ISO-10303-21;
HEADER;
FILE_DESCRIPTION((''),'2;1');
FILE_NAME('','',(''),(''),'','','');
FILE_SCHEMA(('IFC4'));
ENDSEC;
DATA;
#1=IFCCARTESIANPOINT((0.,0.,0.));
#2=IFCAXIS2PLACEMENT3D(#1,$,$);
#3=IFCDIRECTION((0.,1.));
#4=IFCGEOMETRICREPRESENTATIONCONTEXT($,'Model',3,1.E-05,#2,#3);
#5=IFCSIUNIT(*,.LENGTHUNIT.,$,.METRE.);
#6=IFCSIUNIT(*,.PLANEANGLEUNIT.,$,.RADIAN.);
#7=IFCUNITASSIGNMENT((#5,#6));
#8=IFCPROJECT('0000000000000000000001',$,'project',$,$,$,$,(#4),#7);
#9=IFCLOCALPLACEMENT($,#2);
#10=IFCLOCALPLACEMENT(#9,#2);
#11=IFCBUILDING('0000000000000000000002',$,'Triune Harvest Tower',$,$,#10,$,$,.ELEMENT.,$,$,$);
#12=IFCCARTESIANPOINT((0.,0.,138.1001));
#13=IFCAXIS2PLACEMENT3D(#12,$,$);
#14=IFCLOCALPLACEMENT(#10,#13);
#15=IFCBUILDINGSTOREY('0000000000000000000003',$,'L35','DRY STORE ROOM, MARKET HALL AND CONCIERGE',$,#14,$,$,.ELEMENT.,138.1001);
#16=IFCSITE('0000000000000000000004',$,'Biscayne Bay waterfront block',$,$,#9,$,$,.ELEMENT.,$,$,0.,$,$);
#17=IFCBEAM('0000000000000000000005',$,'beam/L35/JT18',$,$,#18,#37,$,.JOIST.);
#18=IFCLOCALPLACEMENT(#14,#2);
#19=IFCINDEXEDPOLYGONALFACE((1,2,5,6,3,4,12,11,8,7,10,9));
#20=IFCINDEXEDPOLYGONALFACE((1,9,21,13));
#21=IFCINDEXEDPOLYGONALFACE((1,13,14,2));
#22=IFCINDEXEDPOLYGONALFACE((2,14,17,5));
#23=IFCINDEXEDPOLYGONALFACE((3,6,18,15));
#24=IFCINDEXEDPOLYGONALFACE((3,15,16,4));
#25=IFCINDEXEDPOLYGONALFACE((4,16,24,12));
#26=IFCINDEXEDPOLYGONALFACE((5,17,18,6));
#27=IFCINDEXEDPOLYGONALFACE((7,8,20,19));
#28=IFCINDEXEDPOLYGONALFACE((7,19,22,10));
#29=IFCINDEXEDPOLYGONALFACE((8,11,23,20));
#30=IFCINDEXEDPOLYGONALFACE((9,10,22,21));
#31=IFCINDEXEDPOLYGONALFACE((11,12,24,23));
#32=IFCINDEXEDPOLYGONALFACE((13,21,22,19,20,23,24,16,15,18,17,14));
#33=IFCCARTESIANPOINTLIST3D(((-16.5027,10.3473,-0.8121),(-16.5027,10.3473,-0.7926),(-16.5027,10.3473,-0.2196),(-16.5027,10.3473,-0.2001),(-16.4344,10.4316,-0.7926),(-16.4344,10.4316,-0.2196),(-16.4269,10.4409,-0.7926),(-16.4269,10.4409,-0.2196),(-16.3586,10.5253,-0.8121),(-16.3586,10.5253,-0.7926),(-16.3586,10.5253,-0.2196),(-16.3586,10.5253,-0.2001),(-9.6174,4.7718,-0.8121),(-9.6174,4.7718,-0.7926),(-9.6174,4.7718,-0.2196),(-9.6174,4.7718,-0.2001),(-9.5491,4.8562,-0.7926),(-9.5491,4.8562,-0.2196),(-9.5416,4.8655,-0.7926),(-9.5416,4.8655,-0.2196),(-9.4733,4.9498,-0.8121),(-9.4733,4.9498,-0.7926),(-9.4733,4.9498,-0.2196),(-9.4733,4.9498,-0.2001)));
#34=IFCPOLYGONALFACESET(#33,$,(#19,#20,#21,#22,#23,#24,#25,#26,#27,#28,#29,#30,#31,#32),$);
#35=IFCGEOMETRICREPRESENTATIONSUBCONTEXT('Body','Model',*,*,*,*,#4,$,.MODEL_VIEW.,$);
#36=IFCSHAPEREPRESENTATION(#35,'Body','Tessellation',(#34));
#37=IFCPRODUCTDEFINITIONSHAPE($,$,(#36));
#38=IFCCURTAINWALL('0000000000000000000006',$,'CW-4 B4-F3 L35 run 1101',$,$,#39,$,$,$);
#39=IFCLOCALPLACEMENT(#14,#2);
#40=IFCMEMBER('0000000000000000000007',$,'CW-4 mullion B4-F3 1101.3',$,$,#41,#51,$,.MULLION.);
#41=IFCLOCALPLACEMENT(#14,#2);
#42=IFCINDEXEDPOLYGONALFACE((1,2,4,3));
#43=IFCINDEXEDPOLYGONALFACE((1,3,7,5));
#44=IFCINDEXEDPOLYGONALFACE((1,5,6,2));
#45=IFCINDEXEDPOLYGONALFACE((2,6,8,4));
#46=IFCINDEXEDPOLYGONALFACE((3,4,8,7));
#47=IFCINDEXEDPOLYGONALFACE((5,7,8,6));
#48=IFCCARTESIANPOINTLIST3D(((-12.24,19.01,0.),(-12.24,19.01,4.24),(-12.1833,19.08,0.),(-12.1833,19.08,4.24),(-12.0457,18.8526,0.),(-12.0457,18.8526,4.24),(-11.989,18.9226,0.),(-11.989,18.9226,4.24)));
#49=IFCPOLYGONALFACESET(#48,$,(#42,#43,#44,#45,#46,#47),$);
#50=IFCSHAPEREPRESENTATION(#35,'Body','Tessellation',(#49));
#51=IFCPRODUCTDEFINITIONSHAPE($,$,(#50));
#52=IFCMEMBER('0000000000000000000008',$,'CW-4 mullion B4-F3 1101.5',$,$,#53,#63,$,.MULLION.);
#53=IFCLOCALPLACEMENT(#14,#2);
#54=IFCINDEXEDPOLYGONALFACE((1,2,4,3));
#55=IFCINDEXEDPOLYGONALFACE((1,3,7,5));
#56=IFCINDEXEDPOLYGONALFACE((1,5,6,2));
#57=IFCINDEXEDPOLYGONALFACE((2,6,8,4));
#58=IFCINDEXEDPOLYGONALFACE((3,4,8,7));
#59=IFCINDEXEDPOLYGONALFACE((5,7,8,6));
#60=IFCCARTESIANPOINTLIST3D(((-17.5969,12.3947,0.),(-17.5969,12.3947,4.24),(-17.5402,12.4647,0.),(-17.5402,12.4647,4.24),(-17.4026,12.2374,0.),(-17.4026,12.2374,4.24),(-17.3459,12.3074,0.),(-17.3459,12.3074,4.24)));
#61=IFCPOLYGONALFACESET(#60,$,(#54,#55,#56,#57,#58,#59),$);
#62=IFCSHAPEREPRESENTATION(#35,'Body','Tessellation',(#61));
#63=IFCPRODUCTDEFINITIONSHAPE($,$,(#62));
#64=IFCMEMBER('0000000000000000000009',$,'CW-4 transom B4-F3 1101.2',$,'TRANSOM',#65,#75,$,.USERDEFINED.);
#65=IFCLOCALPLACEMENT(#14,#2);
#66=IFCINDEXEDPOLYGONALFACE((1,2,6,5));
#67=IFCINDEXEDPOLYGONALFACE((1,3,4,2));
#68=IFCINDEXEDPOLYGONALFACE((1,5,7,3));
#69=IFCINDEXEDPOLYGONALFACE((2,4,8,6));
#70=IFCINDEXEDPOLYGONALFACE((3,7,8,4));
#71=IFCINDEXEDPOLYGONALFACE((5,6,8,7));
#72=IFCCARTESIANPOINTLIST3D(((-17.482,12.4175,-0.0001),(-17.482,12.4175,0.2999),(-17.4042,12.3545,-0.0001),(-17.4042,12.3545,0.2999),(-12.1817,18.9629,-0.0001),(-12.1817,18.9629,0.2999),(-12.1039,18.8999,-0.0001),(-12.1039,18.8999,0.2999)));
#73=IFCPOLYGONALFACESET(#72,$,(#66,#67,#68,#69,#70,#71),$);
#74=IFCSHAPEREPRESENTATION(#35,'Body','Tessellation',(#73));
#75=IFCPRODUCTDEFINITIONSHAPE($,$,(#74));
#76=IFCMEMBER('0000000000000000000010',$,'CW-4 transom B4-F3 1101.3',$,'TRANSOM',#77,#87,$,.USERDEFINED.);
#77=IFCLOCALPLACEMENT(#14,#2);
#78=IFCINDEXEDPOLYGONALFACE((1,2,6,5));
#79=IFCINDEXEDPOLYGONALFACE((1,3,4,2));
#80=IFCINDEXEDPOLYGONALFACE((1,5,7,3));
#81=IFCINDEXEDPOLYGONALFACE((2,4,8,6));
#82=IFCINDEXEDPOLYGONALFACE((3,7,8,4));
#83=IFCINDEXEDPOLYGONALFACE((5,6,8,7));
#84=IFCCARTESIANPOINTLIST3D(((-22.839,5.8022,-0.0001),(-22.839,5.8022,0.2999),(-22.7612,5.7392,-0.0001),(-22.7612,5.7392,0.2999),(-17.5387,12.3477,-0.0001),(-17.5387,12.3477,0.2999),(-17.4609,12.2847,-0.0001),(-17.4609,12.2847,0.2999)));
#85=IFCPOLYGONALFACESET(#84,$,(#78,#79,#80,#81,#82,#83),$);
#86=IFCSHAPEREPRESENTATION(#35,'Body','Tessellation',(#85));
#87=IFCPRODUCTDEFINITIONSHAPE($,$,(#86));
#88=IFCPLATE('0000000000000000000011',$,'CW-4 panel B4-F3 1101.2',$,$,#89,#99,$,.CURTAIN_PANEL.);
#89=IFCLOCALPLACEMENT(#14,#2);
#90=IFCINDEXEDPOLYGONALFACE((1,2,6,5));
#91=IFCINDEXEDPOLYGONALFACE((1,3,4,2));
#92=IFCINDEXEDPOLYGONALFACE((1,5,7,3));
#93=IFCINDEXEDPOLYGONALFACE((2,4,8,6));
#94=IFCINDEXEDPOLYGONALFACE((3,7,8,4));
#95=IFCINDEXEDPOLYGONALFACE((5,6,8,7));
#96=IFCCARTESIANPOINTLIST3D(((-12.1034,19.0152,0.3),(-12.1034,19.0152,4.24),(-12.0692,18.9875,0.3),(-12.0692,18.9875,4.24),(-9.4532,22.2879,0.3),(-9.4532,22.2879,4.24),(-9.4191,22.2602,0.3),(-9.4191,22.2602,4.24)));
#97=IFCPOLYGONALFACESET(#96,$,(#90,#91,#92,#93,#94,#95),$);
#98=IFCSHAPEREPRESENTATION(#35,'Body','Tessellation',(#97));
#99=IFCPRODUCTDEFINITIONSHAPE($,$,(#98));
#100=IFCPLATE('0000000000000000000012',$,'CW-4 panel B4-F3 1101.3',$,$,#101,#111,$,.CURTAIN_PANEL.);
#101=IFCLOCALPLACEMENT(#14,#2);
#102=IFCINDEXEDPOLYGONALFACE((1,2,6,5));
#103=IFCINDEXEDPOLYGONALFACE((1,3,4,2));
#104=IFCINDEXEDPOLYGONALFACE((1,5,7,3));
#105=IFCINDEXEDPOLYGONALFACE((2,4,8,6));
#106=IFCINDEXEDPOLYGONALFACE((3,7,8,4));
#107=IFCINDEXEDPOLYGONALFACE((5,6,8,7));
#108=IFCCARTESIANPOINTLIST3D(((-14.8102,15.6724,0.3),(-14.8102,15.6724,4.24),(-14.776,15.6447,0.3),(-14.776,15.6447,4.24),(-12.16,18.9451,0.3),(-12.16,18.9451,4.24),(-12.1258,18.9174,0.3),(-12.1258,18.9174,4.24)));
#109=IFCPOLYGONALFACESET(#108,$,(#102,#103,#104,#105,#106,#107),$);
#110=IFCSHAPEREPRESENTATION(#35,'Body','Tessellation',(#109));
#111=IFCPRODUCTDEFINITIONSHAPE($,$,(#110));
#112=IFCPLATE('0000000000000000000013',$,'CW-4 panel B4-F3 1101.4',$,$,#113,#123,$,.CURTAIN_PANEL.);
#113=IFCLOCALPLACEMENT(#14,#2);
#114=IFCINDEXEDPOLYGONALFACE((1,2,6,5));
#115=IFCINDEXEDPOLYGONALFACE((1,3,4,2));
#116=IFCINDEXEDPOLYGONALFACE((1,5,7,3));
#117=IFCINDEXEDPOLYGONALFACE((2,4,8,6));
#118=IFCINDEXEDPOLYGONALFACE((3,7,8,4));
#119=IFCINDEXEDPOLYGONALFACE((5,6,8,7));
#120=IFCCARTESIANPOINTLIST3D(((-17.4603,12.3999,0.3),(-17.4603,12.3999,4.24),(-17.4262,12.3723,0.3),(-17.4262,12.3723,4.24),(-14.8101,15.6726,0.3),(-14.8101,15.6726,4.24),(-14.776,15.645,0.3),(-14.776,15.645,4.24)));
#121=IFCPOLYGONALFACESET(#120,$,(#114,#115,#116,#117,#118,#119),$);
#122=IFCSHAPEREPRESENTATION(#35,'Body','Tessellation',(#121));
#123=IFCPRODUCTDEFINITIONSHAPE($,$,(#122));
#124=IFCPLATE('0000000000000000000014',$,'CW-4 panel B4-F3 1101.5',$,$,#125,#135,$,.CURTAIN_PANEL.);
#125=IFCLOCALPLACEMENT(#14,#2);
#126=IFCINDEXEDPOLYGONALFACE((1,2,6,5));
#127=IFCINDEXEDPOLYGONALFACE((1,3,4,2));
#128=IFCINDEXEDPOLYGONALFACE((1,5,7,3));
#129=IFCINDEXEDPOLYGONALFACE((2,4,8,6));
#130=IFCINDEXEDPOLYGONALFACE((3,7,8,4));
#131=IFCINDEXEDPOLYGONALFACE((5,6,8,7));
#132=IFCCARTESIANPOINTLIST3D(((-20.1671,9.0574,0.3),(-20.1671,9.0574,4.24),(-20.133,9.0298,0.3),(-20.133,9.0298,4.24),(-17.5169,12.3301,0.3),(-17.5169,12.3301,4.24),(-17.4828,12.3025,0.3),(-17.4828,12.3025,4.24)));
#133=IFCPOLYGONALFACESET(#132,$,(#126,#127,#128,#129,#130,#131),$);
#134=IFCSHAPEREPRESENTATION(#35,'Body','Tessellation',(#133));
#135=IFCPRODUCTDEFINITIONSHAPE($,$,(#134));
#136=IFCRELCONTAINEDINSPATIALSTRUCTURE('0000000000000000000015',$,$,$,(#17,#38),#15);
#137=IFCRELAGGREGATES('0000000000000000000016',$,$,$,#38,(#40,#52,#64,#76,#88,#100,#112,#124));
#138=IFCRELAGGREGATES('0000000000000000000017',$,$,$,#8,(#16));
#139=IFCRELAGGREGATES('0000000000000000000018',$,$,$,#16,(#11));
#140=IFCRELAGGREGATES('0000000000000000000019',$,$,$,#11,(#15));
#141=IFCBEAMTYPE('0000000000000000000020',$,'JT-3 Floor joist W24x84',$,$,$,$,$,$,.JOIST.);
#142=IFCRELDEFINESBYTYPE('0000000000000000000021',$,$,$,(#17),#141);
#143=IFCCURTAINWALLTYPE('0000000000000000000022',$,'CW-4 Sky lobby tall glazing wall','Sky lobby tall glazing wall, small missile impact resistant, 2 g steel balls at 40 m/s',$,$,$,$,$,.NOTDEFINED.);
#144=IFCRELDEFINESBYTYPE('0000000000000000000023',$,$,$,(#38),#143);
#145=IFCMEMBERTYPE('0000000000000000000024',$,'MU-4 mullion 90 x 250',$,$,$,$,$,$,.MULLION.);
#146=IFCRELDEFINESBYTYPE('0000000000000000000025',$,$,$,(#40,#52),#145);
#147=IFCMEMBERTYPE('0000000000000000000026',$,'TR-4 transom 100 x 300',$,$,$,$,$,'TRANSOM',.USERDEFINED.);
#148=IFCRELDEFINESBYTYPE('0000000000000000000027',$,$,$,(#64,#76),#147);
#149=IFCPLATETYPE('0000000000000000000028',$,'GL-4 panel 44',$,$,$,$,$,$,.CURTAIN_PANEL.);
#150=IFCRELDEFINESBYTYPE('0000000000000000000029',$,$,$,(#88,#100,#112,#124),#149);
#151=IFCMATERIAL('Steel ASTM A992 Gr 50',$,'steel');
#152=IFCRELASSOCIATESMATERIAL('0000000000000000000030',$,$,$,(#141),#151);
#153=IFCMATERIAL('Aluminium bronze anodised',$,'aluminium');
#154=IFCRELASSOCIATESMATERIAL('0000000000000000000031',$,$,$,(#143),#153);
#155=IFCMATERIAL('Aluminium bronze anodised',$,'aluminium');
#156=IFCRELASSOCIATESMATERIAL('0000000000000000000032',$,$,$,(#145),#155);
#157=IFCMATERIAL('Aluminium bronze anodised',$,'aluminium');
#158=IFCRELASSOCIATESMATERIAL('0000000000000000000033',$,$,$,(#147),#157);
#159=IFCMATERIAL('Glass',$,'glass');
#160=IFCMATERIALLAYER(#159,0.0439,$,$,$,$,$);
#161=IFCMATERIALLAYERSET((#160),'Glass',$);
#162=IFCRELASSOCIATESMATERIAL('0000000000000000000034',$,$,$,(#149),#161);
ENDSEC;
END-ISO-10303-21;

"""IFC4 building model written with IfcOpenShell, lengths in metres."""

from ifc_helpers import new_model, si_unit, direction, frame, origin, origin_2d, place, context, subcontext, project, spatial, rectangle, i_section, extrude, source, transform, mapped, material, layer, layer_set, material_profile, profile_set, type_object, element, aggregate, save


model = new_model("IFC4")

# Units and contexts
model_context = context("Model", 3, precision=1e-05, world=origin(), true_north=direction((0.0, 1.0)))
body_context = subcontext(model_context, "Body", "Model", "MODEL_VIEW")
ifc_project = project(units=[si_unit("LENGTHUNIT", "METRE"), si_unit("PLANEANGLEUNIT", "RADIAN")], contexts=[model_context])

# Site, building, storey
site_placement = place(None, origin())
site = spatial("IfcSite", under=ifc_project, at=site_placement, Name="Biscayne Bay waterfront block", CompositionType="ELEMENT", RefElevation=0.0)
building_placement = place(site_placement, origin())
building = spatial("IfcBuilding", under=site, at=building_placement, Name="Triune Harvest Tower", CompositionType="ELEMENT")
storey_placement = place(building_placement, frame((0.0, 0.0, 138.1001)))
storey = spatial("IfcBuildingStorey", under=building, at=storey_placement, Name="L35", Description="DRY STORE ROOM, MARKET HALL AND CONCIERGE", CompositionType="ELEMENT", Elevation=138.1001)

# Beam
ifc_material_1 = material(Name="Steel ASTM A992 Gr 50", Category="steel")
ifc_material_profile_1 = material_profile(ifc_material_1, i_section(OverallWidth=0.229, OverallDepth=0.6121, WebThickness=0.012, FlangeThickness=0.0195, at=origin_2d()), Name="W24x84")
ifc_profile_set_1 = profile_set([ifc_material_profile_1], Name="Steel ASTM A992 Gr 50")
beam_type_1 = type_object("IfcBeamType", Name="JT-3 Floor joist W24x84", PredefinedType="JOIST", material=ifc_profile_set_1)
shared_shape_1 = source(origin(), body_context, "Body", "SweptSolid", [
    extrude(i_section(OverallWidth=0.229, OverallDepth=0.6121, WebThickness=0.012, FlangeThickness=0.0195, at=origin_2d()), origin(), (0.0, 0.0, 1.0), 8.8596),
])
beam_1_placement = place(storey_placement, frame((-16.4307, 10.4363, -0.5061), z_axis=(0.777153, -0.629312, 0.0), x_axis=(0.629312, 0.777153, 0.0)))
element("IfcBeam", 1, at=beam_1_placement, inside=storey, type_object=beam_type_1, Name="beam/L35/JT18", PredefinedType="JOIST", context=body_context, shape_type="MappedRepresentation", body=[
    mapped(shared_shape_1, transform((0.0, 0.0, 0.0), scale=1.0)),
])

# Curtain wall, members, plates
ifc_material_2 = material(Name="Aluminium bronze anodised", Category="aluminium")
curtain_wall_type = type_object("IfcCurtainWallType", Name="CW-4 Sky lobby tall glazing wall", Description="Sky lobby tall glazing wall, small missile impact resistant, 2 g steel balls at 40 m/s", PredefinedType="NOTDEFINED", material=ifc_material_2)
curtain_wall_placement = place(storey_placement, origin())
curtain_wall = element("IfcCurtainWall", 2, at=curtain_wall_placement, inside=storey, type_object=curtain_wall_type, Name="CW-4 B4-F3 L35 run 1101")
ifc_material_3 = material(Name="Aluminium bronze anodised", Category="aluminium")
ifc_material_profile_2 = material_profile(ifc_material_3, rectangle(XDim=0.25, YDim=0.0901, at=origin_2d()), Name="MU-4 mullion 90 x 250")
ifc_profile_set_2 = profile_set([ifc_material_profile_2], Name="Aluminium bronze anodised")
member_type_1 = type_object("IfcMemberType", Name="MU-4 mullion 90 x 250", PredefinedType="MULLION", material=ifc_profile_set_2)
shared_shape_2 = source(origin(), body_context, "Body", "SweptSolid", [
    extrude(rectangle(XDim=0.25, YDim=0.0901, at=origin_2d()), origin(), (0.0, 0.0, 1.0), 4.24),
])
member_1_placement = place(storey_placement, frame((-12.1145, 18.9663, 0.0), z_axis=(0.0, 0.0, 1.0), x_axis=(0.777145, -0.629322, 0.0)))
member_1 = element("IfcMember", 3, at=member_1_placement, type_object=member_type_1, Name="CW-4 mullion B4-F3 1101.3", PredefinedType="MULLION", context=body_context, shape_type="MappedRepresentation", body=[
    mapped(shared_shape_2, transform((0.0, 0.0, 0.0), scale=1.0)),
])
member_2_placement = place(storey_placement, frame((-17.4714, 12.3511, 0.0), z_axis=(0.0, 0.0, 1.0), x_axis=(0.777145, -0.629322, 0.0)))
member_2 = element("IfcMember", 4, at=member_2_placement, type_object=member_type_1, Name="CW-4 mullion B4-F3 1101.5", PredefinedType="MULLION", context=body_context, shape_type="MappedRepresentation", body=[
    mapped(shared_shape_2, transform((0.0, 0.0, 0.0), scale=1.0)),
])
ifc_material_4 = material(Name="Aluminium bronze anodised", Category="aluminium")
ifc_material_profile_3 = material_profile(ifc_material_4, rectangle(XDim=0.1001, YDim=0.3, at=origin_2d()), Name="TR-4 transom 100 x 300")
ifc_profile_set_3 = profile_set([ifc_material_profile_3], Name="Aluminium bronze anodised")
member_type_2 = type_object("IfcMemberType", Name="TR-4 transom 100 x 300", ElementType="TRANSOM", PredefinedType="USERDEFINED", material=ifc_profile_set_3)
shared_shape_3 = source(origin(), body_context, "Body", "SweptSolid", [
    extrude(rectangle(XDim=0.1001, YDim=0.3, at=origin_2d()), origin(), (0.0, 0.0, 1.0), 8.4224),
])
member_3_placement = place(storey_placement, frame((-12.1428, 18.9314, 0.1499), z_axis=(-0.629315, -0.77715, 0.0), x_axis=(0.77715, -0.629315, 0.0)))
member_3 = element("IfcMember", 5, at=member_3_placement, type_object=member_type_2, Name="CW-4 transom B4-F3 1101.2", ObjectType="TRANSOM", PredefinedType="USERDEFINED", context=body_context, shape_type="MappedRepresentation", body=[
    mapped(shared_shape_3, transform((0.0, 0.0, 0.0), scale=1.0)),
])
member_4_placement = place(storey_placement, frame((-17.4998, 12.3162, 0.1499), z_axis=(-0.629315, -0.77715, 0.0), x_axis=(0.77715, -0.629315, 0.0)))
member_4 = element("IfcMember", 6, at=member_4_placement, type_object=member_type_2, Name="CW-4 transom B4-F3 1101.3", ObjectType="TRANSOM", PredefinedType="USERDEFINED", context=body_context, shape_type="MappedRepresentation", body=[
    mapped(shared_shape_3, transform((0.0, 0.0, 0.0), scale=1.0)),
])
ifc_material_5 = material(Name="Glass", Category="glass")
ifc_layer_1 = layer(ifc_material_5, 0.0439)
ifc_layer_set_1 = layer_set([ifc_layer_1], Name="Glass")
plate_type = type_object("IfcPlateType", Name="GL-4 panel 44", PredefinedType="CURTAIN_PANEL", material=ifc_layer_set_1)
shared_shape_4 = source(origin(), body_context, "Body", "SweptSolid", [
    extrude(rectangle(XDim=4.2112, YDim=0.0439, at=origin_2d()), origin(), (0.0, 0.0, 1.0), 3.9399),
])
plate_1_placement = place(storey_placement, frame((-10.7612, 20.6377, 0.3), z_axis=(0.0, 0.0, 1.0), x_axis=(-0.629322, -0.777145, 0.0)))
plate_1 = element("IfcPlate", 7, at=plate_1_placement, type_object=plate_type, Name="CW-4 panel B4-F3 1101.2", PredefinedType="CURTAIN_PANEL", context=body_context, shape_type="MappedRepresentation", body=[
    mapped(shared_shape_4, transform((0.0, 0.0, 0.0), scale=1.0)),
])
plate_2_placement = place(storey_placement, frame((-13.468, 17.2949, 0.3), z_axis=(0.0, 0.0, 1.0), x_axis=(-0.629322, -0.777145, 0.0)))
plate_2 = element("IfcPlate", 8, at=plate_2_placement, type_object=plate_type, Name="CW-4 panel B4-F3 1101.3", PredefinedType="CURTAIN_PANEL", context=body_context, shape_type="MappedRepresentation", body=[
    mapped(shared_shape_4, transform((0.0, 0.0, 0.0), scale=1.0)),
])
plate_3_placement = place(storey_placement, frame((-16.1182, 14.0225, 0.3), z_axis=(0.0, 0.0, 1.0), x_axis=(-0.629322, -0.777145, 0.0)))
plate_3 = element("IfcPlate", 9, at=plate_3_placement, type_object=plate_type, Name="CW-4 panel B4-F3 1101.4", PredefinedType="CURTAIN_PANEL", context=body_context, shape_type="MappedRepresentation", body=[
    mapped(shared_shape_4, transform((0.0, 0.0, 0.0), scale=1.0)),
])
plate_4_placement = place(storey_placement, frame((-18.825, 10.6799, 0.3), z_axis=(0.0, 0.0, 1.0), x_axis=(-0.629322, -0.777145, 0.0)))
plate_4 = element("IfcPlate", 10, at=plate_4_placement, type_object=plate_type, Name="CW-4 panel B4-F3 1101.5", PredefinedType="CURTAIN_PANEL", context=body_context, shape_type="MappedRepresentation", body=[
    mapped(shared_shape_4, transform((0.0, 0.0, 0.0), scale=1.0)),
])
aggregate(curtain_wall, [member_1, member_2, member_3, member_4, plate_1, plate_2, plate_3, plate_4])

save(model, "model.ifc")
